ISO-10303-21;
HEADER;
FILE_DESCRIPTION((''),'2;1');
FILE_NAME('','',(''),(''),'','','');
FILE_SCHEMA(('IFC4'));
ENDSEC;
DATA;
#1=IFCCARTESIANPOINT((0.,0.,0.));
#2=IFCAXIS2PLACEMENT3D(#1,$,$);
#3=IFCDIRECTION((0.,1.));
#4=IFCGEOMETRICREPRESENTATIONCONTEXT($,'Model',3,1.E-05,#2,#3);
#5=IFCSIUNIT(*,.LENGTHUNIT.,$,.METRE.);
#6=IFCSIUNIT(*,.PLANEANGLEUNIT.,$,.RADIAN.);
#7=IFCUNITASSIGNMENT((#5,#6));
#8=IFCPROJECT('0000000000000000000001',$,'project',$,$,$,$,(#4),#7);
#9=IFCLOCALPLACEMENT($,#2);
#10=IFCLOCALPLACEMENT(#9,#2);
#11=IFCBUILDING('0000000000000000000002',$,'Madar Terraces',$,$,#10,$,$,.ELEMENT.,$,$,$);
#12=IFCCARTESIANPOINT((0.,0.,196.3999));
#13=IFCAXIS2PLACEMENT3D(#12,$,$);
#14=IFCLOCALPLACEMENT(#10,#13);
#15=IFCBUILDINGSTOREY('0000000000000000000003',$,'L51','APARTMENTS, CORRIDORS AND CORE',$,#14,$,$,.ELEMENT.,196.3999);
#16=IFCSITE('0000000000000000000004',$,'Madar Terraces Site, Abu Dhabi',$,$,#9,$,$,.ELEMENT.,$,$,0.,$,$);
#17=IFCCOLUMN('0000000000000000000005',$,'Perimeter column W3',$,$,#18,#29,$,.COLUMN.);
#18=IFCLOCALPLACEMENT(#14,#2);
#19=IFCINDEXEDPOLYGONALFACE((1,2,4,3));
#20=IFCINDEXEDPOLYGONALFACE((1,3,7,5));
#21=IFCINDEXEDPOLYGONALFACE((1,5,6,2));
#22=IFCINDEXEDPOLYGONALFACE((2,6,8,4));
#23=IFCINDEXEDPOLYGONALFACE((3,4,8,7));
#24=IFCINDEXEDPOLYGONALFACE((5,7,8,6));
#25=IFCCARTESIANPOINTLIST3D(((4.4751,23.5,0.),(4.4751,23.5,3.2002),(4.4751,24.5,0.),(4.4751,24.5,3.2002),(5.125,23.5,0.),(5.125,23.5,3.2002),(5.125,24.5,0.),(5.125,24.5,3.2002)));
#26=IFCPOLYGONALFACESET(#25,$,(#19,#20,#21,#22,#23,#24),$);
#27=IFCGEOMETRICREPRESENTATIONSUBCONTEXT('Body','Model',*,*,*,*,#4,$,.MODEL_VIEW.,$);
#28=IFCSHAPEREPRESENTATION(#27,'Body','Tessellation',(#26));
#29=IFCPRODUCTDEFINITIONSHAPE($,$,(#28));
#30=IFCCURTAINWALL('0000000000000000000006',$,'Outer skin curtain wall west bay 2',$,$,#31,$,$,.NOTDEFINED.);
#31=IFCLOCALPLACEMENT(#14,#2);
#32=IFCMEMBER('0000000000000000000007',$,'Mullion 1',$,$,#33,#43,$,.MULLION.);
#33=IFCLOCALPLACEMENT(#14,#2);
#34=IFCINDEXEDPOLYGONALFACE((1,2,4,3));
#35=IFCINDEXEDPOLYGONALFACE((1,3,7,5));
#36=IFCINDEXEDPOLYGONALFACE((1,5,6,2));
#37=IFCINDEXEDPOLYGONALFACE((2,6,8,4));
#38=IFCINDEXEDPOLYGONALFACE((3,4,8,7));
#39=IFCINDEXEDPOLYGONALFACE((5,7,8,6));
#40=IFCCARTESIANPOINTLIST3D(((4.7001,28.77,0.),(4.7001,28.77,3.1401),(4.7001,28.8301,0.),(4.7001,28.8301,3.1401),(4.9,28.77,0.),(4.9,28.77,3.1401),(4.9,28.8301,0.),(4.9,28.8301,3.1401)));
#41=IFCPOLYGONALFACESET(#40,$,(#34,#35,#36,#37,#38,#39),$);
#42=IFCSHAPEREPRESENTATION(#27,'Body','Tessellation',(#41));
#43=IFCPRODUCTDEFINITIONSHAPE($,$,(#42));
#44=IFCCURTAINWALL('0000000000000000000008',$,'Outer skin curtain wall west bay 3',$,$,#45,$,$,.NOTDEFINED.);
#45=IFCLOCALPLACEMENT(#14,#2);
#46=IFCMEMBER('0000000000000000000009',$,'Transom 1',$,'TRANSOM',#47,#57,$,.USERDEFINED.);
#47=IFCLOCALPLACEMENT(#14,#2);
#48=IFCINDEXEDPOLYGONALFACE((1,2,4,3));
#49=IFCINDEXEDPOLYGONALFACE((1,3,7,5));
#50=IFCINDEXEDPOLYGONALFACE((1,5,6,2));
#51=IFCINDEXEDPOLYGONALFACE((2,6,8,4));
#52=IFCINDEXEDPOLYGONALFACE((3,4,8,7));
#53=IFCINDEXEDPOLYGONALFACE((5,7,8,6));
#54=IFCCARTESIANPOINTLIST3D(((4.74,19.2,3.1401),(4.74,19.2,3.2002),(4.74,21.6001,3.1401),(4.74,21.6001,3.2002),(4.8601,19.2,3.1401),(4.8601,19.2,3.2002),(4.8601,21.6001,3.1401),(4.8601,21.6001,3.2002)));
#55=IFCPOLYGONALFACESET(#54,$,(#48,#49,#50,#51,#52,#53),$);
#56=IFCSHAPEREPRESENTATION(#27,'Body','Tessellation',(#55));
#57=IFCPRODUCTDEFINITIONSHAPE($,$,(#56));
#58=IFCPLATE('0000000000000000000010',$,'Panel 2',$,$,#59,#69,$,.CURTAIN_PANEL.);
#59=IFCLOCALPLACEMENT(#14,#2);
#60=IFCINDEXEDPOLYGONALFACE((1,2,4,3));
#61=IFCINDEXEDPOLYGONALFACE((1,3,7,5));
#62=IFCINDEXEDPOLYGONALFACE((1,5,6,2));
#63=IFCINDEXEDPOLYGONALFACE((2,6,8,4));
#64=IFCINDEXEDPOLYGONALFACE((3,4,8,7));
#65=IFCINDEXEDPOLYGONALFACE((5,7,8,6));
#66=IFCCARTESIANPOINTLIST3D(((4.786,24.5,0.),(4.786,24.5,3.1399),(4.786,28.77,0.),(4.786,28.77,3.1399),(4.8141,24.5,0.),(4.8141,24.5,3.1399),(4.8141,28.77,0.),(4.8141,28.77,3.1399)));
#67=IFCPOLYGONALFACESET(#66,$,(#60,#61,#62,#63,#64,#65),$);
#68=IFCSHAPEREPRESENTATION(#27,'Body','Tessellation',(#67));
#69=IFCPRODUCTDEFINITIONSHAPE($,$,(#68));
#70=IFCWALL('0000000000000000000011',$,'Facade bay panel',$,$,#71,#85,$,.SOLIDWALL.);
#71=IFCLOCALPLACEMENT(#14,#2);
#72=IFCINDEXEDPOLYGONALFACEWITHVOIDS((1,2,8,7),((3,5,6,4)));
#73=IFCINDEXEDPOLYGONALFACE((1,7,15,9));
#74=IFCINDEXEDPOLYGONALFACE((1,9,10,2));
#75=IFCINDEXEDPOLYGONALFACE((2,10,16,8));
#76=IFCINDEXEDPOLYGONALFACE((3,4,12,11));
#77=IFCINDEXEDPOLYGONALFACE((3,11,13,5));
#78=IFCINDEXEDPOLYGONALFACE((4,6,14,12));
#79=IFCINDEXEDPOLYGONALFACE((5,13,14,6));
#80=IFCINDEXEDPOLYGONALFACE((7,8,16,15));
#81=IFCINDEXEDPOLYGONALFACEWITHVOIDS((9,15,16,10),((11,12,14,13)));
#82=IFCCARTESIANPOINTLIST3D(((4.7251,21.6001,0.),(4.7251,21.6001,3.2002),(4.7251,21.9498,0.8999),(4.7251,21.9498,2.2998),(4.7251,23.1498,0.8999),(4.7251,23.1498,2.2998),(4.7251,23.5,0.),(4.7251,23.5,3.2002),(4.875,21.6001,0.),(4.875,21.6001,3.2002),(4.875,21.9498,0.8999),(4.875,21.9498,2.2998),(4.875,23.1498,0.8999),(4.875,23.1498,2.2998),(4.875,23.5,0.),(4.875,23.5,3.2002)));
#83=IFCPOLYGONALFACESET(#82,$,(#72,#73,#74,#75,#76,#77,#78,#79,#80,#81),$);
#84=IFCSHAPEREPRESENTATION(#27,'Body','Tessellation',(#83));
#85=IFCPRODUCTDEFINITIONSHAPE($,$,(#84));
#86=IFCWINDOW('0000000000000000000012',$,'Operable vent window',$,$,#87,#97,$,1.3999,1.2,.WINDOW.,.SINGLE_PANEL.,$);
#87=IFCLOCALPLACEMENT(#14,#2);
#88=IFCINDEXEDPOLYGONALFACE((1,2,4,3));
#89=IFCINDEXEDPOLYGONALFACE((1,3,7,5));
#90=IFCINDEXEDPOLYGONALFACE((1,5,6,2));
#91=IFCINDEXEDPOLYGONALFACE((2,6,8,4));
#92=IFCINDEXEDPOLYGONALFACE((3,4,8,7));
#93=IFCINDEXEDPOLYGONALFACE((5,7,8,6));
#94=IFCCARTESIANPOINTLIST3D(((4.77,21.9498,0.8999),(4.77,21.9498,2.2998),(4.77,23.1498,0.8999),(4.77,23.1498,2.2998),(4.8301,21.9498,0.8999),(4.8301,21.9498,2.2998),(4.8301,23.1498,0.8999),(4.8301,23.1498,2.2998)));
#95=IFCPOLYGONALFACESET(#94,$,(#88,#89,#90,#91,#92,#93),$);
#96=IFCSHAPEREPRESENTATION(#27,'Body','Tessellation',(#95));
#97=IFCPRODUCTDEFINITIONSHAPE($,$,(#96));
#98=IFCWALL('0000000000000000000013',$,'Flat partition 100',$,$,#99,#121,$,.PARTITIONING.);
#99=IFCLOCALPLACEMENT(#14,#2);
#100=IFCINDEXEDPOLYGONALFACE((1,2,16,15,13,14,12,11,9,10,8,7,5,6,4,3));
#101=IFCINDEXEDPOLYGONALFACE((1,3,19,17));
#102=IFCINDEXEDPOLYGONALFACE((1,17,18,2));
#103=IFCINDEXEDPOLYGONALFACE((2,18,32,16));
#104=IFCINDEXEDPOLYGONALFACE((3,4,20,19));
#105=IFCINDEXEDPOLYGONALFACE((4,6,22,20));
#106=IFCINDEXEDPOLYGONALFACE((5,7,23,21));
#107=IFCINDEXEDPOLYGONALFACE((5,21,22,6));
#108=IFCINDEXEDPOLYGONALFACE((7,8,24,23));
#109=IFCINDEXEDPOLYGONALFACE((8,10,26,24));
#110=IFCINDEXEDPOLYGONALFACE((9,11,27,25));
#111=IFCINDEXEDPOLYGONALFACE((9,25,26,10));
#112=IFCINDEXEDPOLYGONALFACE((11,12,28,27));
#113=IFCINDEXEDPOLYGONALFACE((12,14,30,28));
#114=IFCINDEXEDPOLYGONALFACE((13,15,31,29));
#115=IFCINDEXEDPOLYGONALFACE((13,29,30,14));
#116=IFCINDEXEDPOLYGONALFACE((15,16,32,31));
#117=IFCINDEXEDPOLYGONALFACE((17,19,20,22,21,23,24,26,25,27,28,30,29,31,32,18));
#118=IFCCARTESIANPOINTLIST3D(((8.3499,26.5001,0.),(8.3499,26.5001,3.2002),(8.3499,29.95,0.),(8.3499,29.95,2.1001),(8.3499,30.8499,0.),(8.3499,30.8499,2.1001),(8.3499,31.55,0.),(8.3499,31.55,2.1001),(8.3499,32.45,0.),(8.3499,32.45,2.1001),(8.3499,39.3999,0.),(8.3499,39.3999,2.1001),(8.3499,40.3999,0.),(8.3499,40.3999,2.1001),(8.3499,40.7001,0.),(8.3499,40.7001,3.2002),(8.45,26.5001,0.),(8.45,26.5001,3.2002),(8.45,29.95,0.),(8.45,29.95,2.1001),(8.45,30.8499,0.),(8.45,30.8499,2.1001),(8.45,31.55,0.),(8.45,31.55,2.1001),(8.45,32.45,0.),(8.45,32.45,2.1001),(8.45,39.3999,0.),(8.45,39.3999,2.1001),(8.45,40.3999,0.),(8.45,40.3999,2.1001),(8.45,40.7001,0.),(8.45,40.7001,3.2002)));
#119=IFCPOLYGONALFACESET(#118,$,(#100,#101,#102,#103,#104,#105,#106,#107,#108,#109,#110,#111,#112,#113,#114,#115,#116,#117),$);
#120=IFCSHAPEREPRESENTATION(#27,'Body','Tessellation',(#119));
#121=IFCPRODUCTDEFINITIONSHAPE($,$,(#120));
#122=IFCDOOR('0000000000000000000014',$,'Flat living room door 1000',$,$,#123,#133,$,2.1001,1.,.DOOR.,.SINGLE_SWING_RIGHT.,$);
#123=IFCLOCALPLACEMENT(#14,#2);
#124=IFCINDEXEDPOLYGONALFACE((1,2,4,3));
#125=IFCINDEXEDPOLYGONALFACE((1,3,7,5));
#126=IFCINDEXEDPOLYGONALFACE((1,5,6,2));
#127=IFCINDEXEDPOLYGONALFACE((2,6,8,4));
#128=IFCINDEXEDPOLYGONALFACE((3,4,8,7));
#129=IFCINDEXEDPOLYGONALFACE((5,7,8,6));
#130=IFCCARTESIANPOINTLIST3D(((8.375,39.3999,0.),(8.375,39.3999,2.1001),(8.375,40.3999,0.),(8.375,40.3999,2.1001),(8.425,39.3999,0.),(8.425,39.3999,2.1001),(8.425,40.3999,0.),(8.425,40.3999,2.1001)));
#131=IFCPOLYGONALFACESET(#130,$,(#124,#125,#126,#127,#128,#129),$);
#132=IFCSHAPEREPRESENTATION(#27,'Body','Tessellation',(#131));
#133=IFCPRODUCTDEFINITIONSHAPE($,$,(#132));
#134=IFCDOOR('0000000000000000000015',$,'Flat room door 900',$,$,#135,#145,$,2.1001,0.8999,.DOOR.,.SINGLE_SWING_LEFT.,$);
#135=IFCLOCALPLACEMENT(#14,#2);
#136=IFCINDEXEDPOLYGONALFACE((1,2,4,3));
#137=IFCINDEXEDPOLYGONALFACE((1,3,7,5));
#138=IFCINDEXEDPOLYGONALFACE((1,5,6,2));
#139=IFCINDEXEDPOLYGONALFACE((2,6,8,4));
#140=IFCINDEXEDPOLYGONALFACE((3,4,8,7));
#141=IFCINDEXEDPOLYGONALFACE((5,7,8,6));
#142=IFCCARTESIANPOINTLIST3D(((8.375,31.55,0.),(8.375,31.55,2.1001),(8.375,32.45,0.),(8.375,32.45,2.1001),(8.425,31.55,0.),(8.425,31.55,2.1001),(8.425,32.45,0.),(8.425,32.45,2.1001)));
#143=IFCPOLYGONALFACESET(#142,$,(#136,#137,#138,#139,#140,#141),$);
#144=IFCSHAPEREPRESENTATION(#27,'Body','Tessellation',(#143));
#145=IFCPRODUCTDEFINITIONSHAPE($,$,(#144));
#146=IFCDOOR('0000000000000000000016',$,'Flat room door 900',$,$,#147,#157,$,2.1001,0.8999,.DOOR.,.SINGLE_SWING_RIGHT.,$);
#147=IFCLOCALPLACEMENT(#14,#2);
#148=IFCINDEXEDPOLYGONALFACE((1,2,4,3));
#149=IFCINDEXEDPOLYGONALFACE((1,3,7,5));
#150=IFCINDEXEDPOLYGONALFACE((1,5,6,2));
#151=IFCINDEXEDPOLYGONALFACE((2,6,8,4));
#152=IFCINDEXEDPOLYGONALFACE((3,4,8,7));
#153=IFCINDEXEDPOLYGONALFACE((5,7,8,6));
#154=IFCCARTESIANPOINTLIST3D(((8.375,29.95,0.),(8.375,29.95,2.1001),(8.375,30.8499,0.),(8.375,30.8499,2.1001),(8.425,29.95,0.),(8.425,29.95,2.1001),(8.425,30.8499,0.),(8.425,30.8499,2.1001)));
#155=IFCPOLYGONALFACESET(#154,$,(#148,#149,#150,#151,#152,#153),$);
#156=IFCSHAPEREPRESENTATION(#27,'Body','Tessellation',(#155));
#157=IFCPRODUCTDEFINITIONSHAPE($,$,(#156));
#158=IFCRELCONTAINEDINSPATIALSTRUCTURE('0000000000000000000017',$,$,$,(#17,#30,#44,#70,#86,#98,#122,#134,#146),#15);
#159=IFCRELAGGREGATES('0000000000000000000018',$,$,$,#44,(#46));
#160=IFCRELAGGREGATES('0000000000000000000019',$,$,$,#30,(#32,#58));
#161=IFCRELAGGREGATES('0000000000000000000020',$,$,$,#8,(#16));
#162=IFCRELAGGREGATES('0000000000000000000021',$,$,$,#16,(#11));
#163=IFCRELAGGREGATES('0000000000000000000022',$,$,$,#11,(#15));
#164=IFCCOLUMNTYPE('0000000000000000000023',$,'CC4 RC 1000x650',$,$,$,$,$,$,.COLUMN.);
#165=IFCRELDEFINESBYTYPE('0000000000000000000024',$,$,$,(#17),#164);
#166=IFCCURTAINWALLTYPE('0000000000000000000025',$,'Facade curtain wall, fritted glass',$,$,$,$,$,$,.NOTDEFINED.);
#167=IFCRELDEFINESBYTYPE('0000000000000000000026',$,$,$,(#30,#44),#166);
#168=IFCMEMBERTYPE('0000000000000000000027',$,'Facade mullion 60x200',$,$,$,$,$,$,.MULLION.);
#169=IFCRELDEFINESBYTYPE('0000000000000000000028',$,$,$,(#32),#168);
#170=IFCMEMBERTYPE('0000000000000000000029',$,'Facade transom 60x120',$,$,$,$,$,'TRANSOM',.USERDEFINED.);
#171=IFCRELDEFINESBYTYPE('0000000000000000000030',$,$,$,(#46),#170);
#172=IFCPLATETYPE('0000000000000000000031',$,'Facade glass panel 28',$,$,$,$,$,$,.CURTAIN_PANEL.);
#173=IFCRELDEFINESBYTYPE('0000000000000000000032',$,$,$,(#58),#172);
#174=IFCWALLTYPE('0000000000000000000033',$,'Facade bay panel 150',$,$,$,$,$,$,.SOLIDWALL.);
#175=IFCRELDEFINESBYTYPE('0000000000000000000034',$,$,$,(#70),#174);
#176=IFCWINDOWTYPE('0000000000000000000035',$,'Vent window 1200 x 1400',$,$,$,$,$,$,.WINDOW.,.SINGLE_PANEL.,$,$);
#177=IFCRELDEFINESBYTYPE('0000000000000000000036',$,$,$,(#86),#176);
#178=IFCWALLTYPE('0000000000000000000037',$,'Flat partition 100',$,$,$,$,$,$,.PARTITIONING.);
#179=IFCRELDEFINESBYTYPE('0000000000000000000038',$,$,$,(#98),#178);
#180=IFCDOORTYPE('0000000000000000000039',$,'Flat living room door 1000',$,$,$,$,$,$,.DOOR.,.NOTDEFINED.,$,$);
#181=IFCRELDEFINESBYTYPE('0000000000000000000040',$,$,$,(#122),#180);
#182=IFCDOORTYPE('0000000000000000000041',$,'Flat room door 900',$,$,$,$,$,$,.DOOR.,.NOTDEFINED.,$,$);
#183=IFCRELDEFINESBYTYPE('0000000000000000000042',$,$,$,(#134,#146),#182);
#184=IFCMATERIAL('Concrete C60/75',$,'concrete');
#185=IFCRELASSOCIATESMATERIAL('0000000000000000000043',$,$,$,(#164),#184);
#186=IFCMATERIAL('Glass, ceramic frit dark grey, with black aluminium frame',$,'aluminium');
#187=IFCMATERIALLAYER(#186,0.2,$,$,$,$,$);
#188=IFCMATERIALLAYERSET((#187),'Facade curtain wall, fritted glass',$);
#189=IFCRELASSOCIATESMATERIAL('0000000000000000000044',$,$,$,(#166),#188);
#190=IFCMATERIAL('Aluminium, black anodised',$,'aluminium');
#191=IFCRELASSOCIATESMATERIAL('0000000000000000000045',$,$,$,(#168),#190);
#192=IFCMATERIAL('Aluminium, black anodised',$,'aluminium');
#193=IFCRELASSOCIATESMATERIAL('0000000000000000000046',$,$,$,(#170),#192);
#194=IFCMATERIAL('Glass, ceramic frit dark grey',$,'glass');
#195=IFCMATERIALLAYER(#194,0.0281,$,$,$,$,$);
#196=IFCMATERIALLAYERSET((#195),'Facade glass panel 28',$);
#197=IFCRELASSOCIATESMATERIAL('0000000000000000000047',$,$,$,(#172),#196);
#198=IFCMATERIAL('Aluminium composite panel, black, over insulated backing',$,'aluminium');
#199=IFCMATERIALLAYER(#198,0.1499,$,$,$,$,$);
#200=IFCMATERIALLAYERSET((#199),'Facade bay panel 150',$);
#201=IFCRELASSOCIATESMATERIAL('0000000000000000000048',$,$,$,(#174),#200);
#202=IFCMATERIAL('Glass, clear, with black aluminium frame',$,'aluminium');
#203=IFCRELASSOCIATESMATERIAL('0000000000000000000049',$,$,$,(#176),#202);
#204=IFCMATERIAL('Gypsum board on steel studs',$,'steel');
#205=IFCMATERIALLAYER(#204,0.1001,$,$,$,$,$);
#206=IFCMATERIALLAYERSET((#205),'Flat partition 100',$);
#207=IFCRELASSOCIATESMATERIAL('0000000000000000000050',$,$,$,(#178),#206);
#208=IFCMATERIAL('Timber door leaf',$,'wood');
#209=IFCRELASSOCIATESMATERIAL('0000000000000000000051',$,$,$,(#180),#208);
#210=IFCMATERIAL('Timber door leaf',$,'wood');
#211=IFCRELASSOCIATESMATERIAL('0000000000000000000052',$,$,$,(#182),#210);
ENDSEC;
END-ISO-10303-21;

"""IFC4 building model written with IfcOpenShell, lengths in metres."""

from ifc_helpers import new_model, si_unit, direction, frame, frame_2d, origin, origin_2d, place, context, subcontext, project, spatial, rectangle, extrude, material, layer, layer_set, material_profile, profile_set, type_object, element, fill, aggregate, save


model = new_model("IFC4")

# Units and contexts
model_context = context("Model", 3, precision=1e-05, world=origin(), true_north=direction((0.0, 1.0)))
body_context = subcontext(model_context, "Body", "Model", "MODEL_VIEW")
ifc_project = project(units=[si_unit("LENGTHUNIT", "METRE"), si_unit("PLANEANGLEUNIT", "RADIAN")], contexts=[model_context])

# Site, building, storey
site_placement = place(None, origin())
site = spatial("IfcSite", under=ifc_project, at=site_placement, Name="Madar Terraces Site, Abu Dhabi", CompositionType="ELEMENT", RefElevation=0.0)
building_placement = place(site_placement, origin())
building = spatial("IfcBuilding", under=site, at=building_placement, Name="Madar Terraces", CompositionType="ELEMENT")
storey_placement = place(building_placement, frame((0.0, 0.0, 196.3999)))
storey = spatial("IfcBuildingStorey", under=building, at=storey_placement, Name="L51", Description="APARTMENTS, CORRIDORS AND CORE", CompositionType="ELEMENT", Elevation=196.3999)

# Column
ifc_material_1 = material(Name="Concrete C60/75", Category="concrete")
ifc_material_profile_1 = material_profile(ifc_material_1, rectangle(XDim=1.0, YDim=0.6499, at=origin_2d()), Name="CC4 RC 1000x650")
ifc_profile_set_1 = profile_set([ifc_material_profile_1], Name="Concrete C60/75")
column_type = type_object("IfcColumnType", Name="CC4 RC 1000x650", PredefinedType="COLUMN", material=ifc_profile_set_1)
column_placement = place(storey_placement, frame((4.8, 24.0, 0.0), z_axis=(0.0, 0.0, 1.0), x_axis=(0.0, 1.0, 0.0)))
element("IfcColumn", 1, at=column_placement, inside=storey, type_object=column_type, Name="Perimeter column W3", PredefinedType="COLUMN", context=body_context, shape_type="SweptSolid", body=[
    extrude(rectangle(XDim=1.0, YDim=0.6499, at=origin_2d()), origin(), (0.0, 0.0, 1.0), 3.2002),
])

# Curtain walls, members
ifc_material_2 = material(Name="Glass, ceramic frit dark grey, with black aluminium frame", Category="aluminium")
ifc_layer_1 = layer(ifc_material_2, 0.2)
ifc_layer_set_1 = layer_set([ifc_layer_1], Name="Facade curtain wall, fritted glass")
curtain_wall_type = type_object("IfcCurtainWallType", Name="Facade curtain wall, fritted glass", PredefinedType="NOTDEFINED", material=ifc_layer_set_1)
curtain_wall_1_placement = place(storey_placement, origin())
curtain_wall_1 = element("IfcCurtainWall", 2, at=curtain_wall_1_placement, inside=storey, type_object=curtain_wall_type, Name="Outer skin curtain wall west bay 2", PredefinedType="NOTDEFINED")
ifc_material_3 = material(Name="Aluminium, black anodised", Category="aluminium")
ifc_material_profile_2 = material_profile(ifc_material_3, rectangle(XDim=0.2, YDim=0.0601, at=origin_2d()), Name="Facade mullion 60x200")
ifc_profile_set_2 = profile_set([ifc_material_profile_2], Name="Aluminium, black anodised")
member_type_1 = type_object("IfcMemberType", Name="Facade mullion 60x200", PredefinedType="MULLION", material=ifc_profile_set_2)
member_1_placement = place(storey_placement, frame((4.8, 28.8, 0.0), z_axis=(0.0, 0.0, 1.0), x_axis=(1.0, 0.0, 0.0)))
member_1 = element("IfcMember", 3, at=member_1_placement, type_object=member_type_1, Name="Mullion 1", PredefinedType="MULLION", context=body_context, shape_type="SweptSolid", body=[
    extrude(rectangle(XDim=0.2, YDim=0.0601, at=origin_2d()), origin(), (0.0, 0.0, 1.0), 3.1401),
])
curtain_wall_2_placement = place(storey_placement, origin())
curtain_wall_2 = element("IfcCurtainWall", 4, at=curtain_wall_2_placement, inside=storey, type_object=curtain_wall_type, Name="Outer skin curtain wall west bay 3", PredefinedType="NOTDEFINED")
ifc_material_4 = material(Name="Aluminium, black anodised", Category="aluminium")
ifc_material_profile_3 = material_profile(ifc_material_4, rectangle(XDim=0.1201, YDim=0.0601, at=origin_2d()), Name="Facade transom 60x120")
ifc_profile_set_3 = profile_set([ifc_material_profile_3], Name="Aluminium, black anodised")
member_type_2 = type_object("IfcMemberType", Name="Facade transom 60x120", ElementType="TRANSOM", PredefinedType="USERDEFINED", material=ifc_profile_set_3)
member_2_placement = place(storey_placement, frame((4.8, 21.6001, 3.1702), z_axis=(0.0, -1.0, 0.0), x_axis=(1.0, 0.0, 0.0)))
member_2 = element("IfcMember", 5, at=member_2_placement, type_object=member_type_2, Name="Transom 1", ObjectType="TRANSOM", PredefinedType="USERDEFINED", context=body_context, shape_type="SweptSolid", body=[
    extrude(rectangle(XDim=0.1201, YDim=0.0601, at=origin_2d()), origin(), (0.0, 0.0, 1.0), 2.4001),
])
aggregate(curtain_wall_2, [member_2])

# Plate
ifc_material_5 = material(Name="Glass, ceramic frit dark grey", Category="glass")
ifc_layer_2 = layer(ifc_material_5, 0.0281)
ifc_layer_set_2 = layer_set([ifc_layer_2], Name="Facade glass panel 28")
plate_type = type_object("IfcPlateType", Name="Facade glass panel 28", PredefinedType="CURTAIN_PANEL", material=ifc_layer_set_2)
plate_placement = place(storey_placement, frame((4.8, 26.635, 0.0), z_axis=(0.0, 0.0, 1.0), x_axis=(0.0, -1.0, 0.0)))
plate = element("IfcPlate", 6, at=plate_placement, type_object=plate_type, Name="Panel 2", PredefinedType="CURTAIN_PANEL", context=body_context, shape_type="SweptSolid", body=[
    extrude(rectangle(XDim=4.27, YDim=0.0281, at=origin_2d()), origin(), (0.0, 0.0, 1.0), 3.1399),
])
aggregate(curtain_wall_1, [member_1, plate])

# Wall, opening, window
ifc_material_6 = material(Name="Aluminium composite panel, black, over insulated backing", Category="aluminium")
ifc_layer_3 = layer(ifc_material_6, 0.1499)
ifc_layer_set_3 = layer_set([ifc_layer_3], Name="Facade bay panel 150")
wall_type_1 = type_object("IfcWallType", Name="Facade bay panel 150", PredefinedType="SOLIDWALL", material=ifc_layer_set_3)
wall_1_placement = place(storey_placement, frame((4.8, 23.5, 0.0), z_axis=(0.0, 0.0, 1.0), x_axis=(0.0, -1.0, 0.0)))
wall_1 = element("IfcWall", 7, at=wall_1_placement, inside=storey, type_object=wall_type_1, Name="Facade bay panel", PredefinedType="SOLIDWALL", context=body_context, shape_type="SweptSolid", body=[
    extrude(rectangle(XDim=1.8999, YDim=0.1499, at=frame_2d((0.95, 0.0))), origin(), (0.0, 0.0, 1.0), 3.2002),
])
opening_1_placement = place(wall_1_placement, frame((0.3501, 0.0, 0.8999)))
opening_1 = element("IfcOpeningElement", 8, at=opening_1_placement, cuts=wall_1, PredefinedType="OPENING", context=body_context, shape_type="SweptSolid", body=[
    extrude(rectangle(XDim=1.2, YDim=1.3999, at=frame_2d((0.6001, 0.7))), frame((0.0, 0.085, 0.0), z_axis=(0.0, -1.0, 0.0), x_axis=(1.0, 0.0, 0.0)), (0.0, 0.0, 1.0), 0.1699),
])
ifc_material_7 = material(Name="Glass, clear, with black aluminium frame", Category="aluminium")
window_type = type_object("IfcWindowType", Name="Vent window 1200 x 1400", PartitioningType="SINGLE_PANEL", PredefinedType="WINDOW", material=ifc_material_7)
window_placement = place(opening_1_placement, origin())
window = element("IfcWindow", 9, at=window_placement, inside=storey, type_object=window_type, Name="Operable vent window", OverallHeight=1.3999, OverallWidth=1.2, PartitioningType="SINGLE_PANEL", PredefinedType="WINDOW", context=body_context, shape_type="SweptSolid", body=[
    extrude(rectangle(XDim=1.2, YDim=1.3999, at=frame_2d((0.6001, 0.7))), frame((0.0, 0.03, 0.0), z_axis=(0.0, -1.0, 0.0), x_axis=(1.0, 0.0, 0.0)), (0.0, 0.0, 1.0), 0.0601),
])
fill(opening_1, window)

# Wall, openings, doors
ifc_material_8 = material(Name="Gypsum board on steel studs", Category="steel")
ifc_layer_4 = layer(ifc_material_8, 0.1001)
ifc_layer_set_4 = layer_set([ifc_layer_4], Name="Flat partition 100")
wall_type_2 = type_object("IfcWallType", Name="Flat partition 100", PredefinedType="PARTITIONING", material=ifc_layer_set_4)
wall_2_placement = place(storey_placement, frame((8.3999, 26.5, 0.0), z_axis=(0.0, 0.0, 1.0), x_axis=(0.0, 1.0, 0.0)))
wall_2 = element("IfcWall", 10, at=wall_2_placement, inside=storey, type_object=wall_type_2, Name="Flat partition 100", PredefinedType="PARTITIONING", context=body_context, shape_type="SweptSolid", body=[
    extrude(rectangle(XDim=14.2, YDim=0.1001, at=frame_2d((7.1001, 0.0))), origin(), (0.0, 0.0, 1.0), 3.2002),
])
opening_2_placement = place(wall_2_placement, frame((12.8999, 0.0, 0.0)))
opening_2 = element("IfcOpeningElement", 11, at=opening_2_placement, cuts=wall_2, PredefinedType="OPENING", context=body_context, shape_type="SweptSolid", body=[
    extrude(rectangle(XDim=1.0, YDim=2.1001, at=frame_2d((0.5, 1.05))), frame((0.0, 0.0601, 0.0), z_axis=(0.0, -1.0, 0.0), x_axis=(1.0, 0.0, 0.0)), (0.0, 0.0, 1.0), 0.1201),
])
opening_3_placement = place(wall_2_placement, frame((5.05, 0.0, 0.0)))
opening_3 = element("IfcOpeningElement", 12, at=opening_3_placement, cuts=wall_2, PredefinedType="OPENING", context=body_context, shape_type="SweptSolid", body=[
    extrude(rectangle(XDim=0.8999, YDim=2.1001, at=frame_2d((0.45, 1.05))), frame((0.0, 0.0601, 0.0), z_axis=(0.0, -1.0, 0.0), x_axis=(1.0, 0.0, 0.0)), (0.0, 0.0, 1.0), 0.1201),
])
opening_4_placement = place(wall_2_placement, frame((3.45, 0.0, 0.0)))
opening_4 = element("IfcOpeningElement", 13, at=opening_4_placement, cuts=wall_2, PredefinedType="OPENING", context=body_context, shape_type="SweptSolid", body=[
    extrude(rectangle(XDim=0.8999, YDim=2.1001, at=frame_2d((0.45, 1.05))), frame((0.0, 0.0601, 0.0), z_axis=(0.0, -1.0, 0.0), x_axis=(1.0, 0.0, 0.0)), (0.0, 0.0, 1.0), 0.1201),
])
ifc_material_9 = material(Name="Timber door leaf", Category="wood")
door_type_1 = type_object("IfcDoorType", Name="Flat living room door 1000", OperationType="NOTDEFINED", PredefinedType="DOOR", material=ifc_material_9)
door_1_placement = place(opening_2_placement, origin())
door_1 = element("IfcDoor", 14, at=door_1_placement, inside=storey, type_object=door_type_1, Name="Flat living room door 1000", OperationType="SINGLE_SWING_RIGHT", OverallHeight=2.1001, OverallWidth=1.0, PredefinedType="DOOR", context=body_context, shape_type="SweptSolid", body=[
    extrude(rectangle(XDim=1.0, YDim=2.1001, at=frame_2d((0.5, 1.05))), frame((0.0, 0.0249, 0.0), z_axis=(0.0, -1.0, 0.0), x_axis=(1.0, 0.0, 0.0)), (0.0, 0.0, 1.0), 0.05),
])
fill(opening_2, door_1)
ifc_material_10 = material(Name="Timber door leaf", Category="wood")
door_type_2 = type_object("IfcDoorType", Name="Flat room door 900", OperationType="NOTDEFINED", PredefinedType="DOOR", material=ifc_material_10)
door_2_placement = place(opening_3_placement, origin())
door_2 = element("IfcDoor", 15, at=door_2_placement, inside=storey, type_object=door_type_2, Name="Flat room door 900", OperationType="SINGLE_SWING_LEFT", OverallHeight=2.1001, OverallWidth=0.8999, PredefinedType="DOOR", context=body_context, shape_type="SweptSolid", body=[
    extrude(rectangle(XDim=0.8999, YDim=2.1001, at=frame_2d((0.45, 1.05))), frame((0.0, 0.0249, 0.0), z_axis=(0.0, -1.0, 0.0), x_axis=(1.0, 0.0, 0.0)), (0.0, 0.0, 1.0), 0.05),
])
fill(opening_3, door_2)
door_3_placement = place(opening_4_placement, origin())
door_3 = element("IfcDoor", 16, at=door_3_placement, inside=storey, type_object=door_type_2, Name="Flat room door 900", OperationType="SINGLE_SWING_RIGHT", OverallHeight=2.1001, OverallWidth=0.8999, PredefinedType="DOOR", context=body_context, shape_type="SweptSolid", body=[
    extrude(rectangle(XDim=0.8999, YDim=2.1001, at=frame_2d((0.45, 1.05))), frame((0.0, 0.0249, 0.0), z_axis=(0.0, -1.0, 0.0), x_axis=(1.0, 0.0, 0.0)), (0.0, 0.0, 1.0), 0.05),
])
fill(opening_4, door_3)

save(model, "model.ifc")
